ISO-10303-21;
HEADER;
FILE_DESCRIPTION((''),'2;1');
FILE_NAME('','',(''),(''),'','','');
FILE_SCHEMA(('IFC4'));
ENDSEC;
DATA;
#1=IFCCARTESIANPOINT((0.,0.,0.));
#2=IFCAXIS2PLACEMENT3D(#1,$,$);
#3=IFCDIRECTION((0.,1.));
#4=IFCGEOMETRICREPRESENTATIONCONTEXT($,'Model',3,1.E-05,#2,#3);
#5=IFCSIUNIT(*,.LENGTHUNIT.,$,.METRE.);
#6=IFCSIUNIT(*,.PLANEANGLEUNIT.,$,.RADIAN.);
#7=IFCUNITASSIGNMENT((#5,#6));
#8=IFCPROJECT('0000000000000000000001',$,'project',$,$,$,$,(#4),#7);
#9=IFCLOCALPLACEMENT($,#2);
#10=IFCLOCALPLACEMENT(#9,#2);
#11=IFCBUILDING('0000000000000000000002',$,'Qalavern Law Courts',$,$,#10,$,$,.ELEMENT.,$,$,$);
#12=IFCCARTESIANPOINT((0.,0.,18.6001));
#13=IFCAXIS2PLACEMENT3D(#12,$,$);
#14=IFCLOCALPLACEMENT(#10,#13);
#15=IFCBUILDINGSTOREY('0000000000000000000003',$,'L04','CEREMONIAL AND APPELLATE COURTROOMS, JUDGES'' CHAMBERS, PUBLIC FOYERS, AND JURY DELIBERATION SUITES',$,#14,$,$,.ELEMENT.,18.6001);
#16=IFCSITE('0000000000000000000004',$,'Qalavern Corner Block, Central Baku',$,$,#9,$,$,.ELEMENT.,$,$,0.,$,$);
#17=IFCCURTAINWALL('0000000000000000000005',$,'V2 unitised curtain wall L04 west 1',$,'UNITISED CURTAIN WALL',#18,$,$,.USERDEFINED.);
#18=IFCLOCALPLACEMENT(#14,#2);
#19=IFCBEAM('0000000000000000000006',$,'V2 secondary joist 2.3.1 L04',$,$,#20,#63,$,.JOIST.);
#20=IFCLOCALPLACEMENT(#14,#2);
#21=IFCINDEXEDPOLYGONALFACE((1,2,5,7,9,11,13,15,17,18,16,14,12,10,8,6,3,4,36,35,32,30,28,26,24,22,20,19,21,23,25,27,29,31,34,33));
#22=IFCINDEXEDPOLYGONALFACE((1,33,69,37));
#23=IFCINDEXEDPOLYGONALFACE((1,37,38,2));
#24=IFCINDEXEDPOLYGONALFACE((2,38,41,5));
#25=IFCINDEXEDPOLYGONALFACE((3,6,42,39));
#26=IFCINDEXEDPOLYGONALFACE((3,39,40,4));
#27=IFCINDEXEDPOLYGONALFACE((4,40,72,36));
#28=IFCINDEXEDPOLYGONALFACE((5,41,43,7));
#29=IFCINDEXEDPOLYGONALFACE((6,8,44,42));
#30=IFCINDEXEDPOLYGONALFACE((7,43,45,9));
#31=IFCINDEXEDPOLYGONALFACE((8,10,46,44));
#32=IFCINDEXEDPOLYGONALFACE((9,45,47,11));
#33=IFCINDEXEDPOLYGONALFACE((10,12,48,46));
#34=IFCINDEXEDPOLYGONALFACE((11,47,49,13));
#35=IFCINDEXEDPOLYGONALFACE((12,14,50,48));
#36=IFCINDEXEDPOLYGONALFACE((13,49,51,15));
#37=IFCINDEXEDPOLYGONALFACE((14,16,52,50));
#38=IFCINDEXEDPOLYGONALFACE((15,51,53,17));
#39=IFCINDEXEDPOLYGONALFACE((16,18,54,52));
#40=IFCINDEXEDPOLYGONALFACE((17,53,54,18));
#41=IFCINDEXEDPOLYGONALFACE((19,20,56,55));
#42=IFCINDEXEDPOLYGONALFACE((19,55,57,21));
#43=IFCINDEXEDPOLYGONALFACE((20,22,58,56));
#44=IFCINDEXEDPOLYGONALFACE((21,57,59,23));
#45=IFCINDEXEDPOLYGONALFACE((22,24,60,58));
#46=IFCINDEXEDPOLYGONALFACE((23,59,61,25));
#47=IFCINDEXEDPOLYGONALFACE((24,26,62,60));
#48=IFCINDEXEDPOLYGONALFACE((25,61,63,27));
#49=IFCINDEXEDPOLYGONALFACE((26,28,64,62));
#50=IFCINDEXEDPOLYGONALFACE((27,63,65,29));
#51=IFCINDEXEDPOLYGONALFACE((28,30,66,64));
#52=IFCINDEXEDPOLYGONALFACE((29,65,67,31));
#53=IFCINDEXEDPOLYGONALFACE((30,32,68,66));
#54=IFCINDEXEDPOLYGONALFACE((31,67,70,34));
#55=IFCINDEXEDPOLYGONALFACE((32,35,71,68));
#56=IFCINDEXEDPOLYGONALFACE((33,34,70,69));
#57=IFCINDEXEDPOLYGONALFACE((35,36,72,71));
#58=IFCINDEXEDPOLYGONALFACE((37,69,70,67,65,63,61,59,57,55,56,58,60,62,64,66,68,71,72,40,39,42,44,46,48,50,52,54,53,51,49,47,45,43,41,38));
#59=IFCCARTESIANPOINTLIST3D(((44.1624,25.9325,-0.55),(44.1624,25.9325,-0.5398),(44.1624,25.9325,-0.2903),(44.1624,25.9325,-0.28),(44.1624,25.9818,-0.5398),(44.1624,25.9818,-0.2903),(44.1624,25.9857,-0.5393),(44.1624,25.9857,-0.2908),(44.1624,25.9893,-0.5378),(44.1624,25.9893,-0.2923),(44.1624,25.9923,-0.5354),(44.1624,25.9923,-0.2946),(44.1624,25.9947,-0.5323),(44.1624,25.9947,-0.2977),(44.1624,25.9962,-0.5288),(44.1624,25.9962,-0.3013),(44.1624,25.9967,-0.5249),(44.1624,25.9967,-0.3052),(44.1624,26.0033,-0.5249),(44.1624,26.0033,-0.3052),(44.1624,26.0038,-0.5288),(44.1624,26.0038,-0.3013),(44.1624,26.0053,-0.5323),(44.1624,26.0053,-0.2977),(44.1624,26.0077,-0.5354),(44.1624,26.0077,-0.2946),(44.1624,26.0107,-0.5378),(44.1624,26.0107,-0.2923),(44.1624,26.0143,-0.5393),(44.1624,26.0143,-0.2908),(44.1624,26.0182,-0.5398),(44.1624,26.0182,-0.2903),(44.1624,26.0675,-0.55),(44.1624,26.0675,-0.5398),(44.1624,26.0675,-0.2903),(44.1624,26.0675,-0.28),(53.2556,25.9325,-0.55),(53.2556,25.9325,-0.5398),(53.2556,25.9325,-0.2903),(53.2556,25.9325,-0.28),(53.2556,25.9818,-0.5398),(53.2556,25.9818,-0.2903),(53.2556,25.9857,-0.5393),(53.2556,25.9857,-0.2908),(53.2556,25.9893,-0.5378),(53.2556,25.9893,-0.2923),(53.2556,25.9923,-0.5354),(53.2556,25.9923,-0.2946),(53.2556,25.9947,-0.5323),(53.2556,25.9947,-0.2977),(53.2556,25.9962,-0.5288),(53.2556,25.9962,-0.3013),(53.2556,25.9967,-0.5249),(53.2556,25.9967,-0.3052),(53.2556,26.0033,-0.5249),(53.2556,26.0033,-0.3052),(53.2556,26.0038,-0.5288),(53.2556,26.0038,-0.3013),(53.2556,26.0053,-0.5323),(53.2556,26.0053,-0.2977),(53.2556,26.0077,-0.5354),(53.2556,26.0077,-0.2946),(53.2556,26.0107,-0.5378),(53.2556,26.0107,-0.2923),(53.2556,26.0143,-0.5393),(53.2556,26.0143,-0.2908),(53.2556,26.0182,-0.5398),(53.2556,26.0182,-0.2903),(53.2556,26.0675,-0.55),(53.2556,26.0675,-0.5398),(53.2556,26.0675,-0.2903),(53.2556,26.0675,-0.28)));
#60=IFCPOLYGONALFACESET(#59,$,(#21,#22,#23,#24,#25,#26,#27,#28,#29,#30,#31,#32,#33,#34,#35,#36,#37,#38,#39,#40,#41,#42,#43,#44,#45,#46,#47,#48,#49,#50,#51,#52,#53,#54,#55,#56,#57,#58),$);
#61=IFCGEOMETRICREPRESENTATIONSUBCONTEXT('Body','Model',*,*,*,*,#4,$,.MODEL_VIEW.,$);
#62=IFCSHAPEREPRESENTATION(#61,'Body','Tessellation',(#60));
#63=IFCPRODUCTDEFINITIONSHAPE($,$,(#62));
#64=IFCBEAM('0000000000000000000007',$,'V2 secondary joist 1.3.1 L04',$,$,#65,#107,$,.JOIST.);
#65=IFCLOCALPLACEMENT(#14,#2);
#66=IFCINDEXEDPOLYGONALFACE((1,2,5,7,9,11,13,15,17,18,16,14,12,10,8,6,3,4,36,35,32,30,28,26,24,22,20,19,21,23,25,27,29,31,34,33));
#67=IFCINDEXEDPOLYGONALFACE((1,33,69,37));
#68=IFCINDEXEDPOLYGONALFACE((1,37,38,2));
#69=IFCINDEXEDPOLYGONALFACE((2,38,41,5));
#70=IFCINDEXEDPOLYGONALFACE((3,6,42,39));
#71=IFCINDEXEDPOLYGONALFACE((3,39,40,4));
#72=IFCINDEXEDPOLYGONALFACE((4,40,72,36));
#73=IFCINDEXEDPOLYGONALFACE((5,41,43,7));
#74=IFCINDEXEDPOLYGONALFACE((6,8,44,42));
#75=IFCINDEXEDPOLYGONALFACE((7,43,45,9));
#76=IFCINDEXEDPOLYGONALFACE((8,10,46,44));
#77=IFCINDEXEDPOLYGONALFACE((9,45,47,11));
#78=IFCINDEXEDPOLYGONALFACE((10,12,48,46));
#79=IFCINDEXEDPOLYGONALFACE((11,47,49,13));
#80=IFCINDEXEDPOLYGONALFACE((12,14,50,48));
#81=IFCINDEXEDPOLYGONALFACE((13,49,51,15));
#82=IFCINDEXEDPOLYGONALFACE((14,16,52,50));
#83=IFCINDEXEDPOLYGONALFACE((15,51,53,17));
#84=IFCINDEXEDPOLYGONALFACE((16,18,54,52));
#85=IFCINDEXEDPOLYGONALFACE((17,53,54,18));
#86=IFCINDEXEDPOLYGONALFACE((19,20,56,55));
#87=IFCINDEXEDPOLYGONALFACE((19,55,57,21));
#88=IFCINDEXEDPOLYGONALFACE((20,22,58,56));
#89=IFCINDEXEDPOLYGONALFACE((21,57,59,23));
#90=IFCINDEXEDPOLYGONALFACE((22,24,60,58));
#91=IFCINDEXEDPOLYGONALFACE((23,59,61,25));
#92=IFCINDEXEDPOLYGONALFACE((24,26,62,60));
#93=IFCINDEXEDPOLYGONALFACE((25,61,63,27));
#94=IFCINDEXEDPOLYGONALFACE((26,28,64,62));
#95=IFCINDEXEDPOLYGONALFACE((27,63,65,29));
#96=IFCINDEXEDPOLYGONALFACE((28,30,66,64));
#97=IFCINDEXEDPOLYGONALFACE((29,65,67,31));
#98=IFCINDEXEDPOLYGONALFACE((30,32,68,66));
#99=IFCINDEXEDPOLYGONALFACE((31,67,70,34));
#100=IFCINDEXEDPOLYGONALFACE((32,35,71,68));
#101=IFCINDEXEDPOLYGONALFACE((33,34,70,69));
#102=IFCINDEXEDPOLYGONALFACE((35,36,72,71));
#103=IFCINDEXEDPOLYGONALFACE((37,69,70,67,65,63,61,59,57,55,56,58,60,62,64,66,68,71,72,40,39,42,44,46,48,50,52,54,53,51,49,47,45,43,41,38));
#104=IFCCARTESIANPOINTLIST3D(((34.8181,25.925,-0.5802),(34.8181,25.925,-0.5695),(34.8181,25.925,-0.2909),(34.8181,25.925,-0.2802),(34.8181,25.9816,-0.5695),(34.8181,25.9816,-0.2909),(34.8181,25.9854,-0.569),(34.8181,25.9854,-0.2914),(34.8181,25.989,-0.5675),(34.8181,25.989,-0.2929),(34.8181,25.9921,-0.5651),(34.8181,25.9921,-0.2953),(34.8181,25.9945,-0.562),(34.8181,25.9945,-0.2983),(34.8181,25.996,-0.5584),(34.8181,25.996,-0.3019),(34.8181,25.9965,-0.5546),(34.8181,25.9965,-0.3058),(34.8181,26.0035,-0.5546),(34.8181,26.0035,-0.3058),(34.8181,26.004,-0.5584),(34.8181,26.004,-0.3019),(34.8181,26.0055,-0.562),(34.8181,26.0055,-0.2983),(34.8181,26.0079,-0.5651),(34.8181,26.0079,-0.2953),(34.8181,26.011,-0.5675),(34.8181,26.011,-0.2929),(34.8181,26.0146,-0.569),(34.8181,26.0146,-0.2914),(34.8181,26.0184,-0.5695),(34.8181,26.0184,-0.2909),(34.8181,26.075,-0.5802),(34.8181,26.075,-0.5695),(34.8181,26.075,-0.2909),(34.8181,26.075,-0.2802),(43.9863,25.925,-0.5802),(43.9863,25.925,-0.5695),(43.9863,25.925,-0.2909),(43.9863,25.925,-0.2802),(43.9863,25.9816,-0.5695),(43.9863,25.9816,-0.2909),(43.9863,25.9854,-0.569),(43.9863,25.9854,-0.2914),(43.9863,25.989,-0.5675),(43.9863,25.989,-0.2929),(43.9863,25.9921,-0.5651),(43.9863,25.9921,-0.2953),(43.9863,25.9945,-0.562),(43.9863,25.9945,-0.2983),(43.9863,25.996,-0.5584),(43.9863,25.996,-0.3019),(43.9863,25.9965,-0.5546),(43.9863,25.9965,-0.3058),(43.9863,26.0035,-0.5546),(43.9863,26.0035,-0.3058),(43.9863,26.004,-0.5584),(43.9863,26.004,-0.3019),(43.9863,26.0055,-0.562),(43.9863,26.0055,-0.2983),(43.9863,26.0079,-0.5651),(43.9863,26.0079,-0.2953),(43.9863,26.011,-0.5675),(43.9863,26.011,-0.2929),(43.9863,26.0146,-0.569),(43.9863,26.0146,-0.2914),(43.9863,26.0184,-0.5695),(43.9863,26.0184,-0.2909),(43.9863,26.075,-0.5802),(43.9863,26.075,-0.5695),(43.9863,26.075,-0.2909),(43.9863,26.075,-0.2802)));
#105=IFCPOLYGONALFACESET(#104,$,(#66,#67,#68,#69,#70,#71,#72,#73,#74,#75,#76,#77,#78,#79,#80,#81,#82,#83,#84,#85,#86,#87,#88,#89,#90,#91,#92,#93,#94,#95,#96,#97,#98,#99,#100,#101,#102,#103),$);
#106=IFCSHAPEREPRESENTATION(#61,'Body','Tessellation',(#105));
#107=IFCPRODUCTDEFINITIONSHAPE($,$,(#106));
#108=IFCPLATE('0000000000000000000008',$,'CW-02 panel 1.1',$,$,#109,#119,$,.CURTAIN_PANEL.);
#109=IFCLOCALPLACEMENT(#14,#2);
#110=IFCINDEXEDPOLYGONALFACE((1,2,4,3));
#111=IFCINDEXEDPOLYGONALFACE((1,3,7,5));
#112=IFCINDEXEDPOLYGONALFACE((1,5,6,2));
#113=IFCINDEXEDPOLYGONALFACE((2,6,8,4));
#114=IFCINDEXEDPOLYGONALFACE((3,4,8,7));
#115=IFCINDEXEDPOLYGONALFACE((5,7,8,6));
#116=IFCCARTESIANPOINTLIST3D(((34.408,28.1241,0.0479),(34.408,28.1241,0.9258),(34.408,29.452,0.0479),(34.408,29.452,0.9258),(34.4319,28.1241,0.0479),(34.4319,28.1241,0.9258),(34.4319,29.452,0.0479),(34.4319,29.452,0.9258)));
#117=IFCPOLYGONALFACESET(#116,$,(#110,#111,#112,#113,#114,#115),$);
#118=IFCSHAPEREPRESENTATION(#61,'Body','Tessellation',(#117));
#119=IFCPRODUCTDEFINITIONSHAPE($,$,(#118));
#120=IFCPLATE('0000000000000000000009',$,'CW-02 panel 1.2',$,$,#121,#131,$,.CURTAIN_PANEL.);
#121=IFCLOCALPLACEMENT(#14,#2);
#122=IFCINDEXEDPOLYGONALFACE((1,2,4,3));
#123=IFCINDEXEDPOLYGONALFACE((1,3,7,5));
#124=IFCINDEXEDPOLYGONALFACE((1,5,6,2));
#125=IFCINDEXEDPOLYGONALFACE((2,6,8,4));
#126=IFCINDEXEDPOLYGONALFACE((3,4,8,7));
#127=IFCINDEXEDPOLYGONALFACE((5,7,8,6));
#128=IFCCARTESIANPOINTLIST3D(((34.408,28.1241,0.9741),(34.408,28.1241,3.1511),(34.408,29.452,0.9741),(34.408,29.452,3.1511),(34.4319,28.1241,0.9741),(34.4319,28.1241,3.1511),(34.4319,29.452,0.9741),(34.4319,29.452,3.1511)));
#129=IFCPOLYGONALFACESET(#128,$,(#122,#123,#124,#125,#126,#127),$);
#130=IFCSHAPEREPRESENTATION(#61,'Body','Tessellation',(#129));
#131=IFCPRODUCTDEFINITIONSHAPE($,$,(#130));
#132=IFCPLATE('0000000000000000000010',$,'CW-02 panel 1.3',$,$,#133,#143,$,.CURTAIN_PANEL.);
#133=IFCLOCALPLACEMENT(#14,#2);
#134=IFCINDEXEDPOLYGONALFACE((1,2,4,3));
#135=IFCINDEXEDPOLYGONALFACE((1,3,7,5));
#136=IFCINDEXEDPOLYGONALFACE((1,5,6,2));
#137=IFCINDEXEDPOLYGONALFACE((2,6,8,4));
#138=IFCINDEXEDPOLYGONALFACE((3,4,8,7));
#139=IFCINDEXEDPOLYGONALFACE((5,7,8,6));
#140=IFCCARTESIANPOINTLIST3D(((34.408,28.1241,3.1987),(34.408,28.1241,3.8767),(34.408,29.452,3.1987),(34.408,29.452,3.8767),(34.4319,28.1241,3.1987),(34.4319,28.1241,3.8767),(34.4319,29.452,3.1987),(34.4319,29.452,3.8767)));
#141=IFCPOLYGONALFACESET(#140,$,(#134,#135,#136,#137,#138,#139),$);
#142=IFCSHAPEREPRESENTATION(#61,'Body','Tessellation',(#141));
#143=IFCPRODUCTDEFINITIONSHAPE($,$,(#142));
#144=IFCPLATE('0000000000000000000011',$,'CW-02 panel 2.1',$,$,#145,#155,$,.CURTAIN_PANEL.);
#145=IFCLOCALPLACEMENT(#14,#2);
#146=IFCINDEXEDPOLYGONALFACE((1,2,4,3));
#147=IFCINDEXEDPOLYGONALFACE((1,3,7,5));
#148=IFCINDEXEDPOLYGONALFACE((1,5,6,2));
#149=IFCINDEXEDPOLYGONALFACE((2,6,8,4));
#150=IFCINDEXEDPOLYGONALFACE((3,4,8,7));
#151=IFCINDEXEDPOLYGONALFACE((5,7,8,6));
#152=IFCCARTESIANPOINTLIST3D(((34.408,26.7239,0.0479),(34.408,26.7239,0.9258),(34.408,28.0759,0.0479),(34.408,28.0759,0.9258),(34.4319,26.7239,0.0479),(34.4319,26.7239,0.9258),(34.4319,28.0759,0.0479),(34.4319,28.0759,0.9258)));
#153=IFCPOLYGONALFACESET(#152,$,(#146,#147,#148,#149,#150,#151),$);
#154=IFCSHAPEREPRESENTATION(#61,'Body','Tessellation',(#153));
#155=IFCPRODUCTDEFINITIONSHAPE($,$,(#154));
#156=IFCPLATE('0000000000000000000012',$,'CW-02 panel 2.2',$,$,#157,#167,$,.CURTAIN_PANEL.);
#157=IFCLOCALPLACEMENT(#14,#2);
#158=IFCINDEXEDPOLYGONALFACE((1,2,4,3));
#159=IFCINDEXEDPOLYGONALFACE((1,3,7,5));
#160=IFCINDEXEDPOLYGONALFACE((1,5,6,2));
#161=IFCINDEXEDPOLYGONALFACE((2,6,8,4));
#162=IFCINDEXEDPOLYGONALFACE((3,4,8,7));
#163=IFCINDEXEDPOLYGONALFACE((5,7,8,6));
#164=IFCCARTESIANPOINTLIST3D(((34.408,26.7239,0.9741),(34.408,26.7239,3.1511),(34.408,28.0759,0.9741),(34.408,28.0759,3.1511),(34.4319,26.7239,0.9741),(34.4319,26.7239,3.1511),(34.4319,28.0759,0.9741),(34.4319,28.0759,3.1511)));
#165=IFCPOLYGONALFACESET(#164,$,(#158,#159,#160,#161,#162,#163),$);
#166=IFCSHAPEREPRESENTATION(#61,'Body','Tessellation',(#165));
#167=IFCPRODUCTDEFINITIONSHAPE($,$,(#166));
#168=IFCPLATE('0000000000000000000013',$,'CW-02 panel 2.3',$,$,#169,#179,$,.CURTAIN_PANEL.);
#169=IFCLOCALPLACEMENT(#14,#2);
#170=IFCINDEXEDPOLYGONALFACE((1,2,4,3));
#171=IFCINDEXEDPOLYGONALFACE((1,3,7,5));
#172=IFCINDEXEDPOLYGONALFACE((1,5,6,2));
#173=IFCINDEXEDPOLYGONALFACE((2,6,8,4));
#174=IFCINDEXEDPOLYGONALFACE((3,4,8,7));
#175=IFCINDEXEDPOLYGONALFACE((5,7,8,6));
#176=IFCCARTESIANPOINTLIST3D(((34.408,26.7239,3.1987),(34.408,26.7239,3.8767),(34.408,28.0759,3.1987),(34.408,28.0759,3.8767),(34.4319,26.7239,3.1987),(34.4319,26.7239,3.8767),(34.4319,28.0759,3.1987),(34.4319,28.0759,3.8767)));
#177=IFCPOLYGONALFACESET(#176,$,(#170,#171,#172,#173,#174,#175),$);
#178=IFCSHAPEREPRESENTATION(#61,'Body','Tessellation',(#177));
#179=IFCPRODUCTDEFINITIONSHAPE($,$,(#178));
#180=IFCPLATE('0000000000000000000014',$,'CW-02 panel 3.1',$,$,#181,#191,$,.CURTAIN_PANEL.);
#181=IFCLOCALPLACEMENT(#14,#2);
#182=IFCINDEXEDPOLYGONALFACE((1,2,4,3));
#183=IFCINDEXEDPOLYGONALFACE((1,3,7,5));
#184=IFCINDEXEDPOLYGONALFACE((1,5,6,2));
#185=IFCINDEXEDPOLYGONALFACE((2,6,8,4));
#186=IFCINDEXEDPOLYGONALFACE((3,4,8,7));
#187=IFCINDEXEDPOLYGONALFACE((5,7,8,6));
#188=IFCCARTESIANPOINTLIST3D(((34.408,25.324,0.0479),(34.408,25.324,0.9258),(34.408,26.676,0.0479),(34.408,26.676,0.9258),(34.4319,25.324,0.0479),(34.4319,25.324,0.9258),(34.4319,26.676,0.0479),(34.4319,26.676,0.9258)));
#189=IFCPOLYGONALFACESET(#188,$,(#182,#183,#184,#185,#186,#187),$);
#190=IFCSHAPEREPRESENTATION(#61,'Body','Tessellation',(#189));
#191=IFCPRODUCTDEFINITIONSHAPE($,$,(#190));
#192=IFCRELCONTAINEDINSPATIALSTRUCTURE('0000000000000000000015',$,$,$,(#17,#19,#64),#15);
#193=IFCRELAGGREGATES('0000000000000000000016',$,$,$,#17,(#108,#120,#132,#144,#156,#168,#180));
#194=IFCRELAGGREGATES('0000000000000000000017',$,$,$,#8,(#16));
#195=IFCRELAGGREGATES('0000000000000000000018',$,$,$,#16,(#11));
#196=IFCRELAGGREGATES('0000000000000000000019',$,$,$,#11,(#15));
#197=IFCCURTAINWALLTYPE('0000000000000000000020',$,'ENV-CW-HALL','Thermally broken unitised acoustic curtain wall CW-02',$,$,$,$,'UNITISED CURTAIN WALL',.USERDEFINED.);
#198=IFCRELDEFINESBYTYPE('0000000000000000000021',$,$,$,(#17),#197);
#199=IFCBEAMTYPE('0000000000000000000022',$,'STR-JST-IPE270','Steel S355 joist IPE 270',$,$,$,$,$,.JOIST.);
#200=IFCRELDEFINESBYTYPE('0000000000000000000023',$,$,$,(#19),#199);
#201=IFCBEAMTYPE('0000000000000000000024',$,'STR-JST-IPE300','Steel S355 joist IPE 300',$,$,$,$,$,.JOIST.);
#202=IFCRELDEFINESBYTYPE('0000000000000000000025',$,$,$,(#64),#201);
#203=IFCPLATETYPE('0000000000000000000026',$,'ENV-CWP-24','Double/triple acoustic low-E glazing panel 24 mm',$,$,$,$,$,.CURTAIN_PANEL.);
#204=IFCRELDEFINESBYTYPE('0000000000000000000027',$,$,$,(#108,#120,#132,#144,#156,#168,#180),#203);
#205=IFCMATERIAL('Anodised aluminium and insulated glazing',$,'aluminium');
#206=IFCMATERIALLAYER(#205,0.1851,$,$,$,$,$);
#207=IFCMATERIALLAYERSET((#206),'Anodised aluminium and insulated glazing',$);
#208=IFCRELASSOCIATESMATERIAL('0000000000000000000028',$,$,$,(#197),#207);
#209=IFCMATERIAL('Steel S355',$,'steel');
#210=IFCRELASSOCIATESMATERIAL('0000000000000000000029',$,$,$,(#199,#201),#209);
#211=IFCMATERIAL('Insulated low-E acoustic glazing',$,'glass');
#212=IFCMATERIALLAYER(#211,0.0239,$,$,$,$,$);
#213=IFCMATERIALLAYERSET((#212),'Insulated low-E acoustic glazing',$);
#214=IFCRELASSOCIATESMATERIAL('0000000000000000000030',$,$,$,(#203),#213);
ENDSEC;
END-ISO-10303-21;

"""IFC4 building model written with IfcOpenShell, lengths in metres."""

from ifc_helpers import new_model, si_unit, direction, frame, origin, origin_2d, place, context, subcontext, project, spatial, rectangle, i_section, extrude, material, layer, layer_set, material_profile, profile_set, type_object, element, aggregate, save


model = new_model("IFC4")

# Units and contexts
model_context = context("Model", 3, precision=1e-05, world=origin(), true_north=direction((0.0, 1.0)))
body_context = subcontext(model_context, "Body", "Model", "MODEL_VIEW")
ifc_project = project(units=[si_unit("LENGTHUNIT", "METRE"), si_unit("PLANEANGLEUNIT", "RADIAN")], contexts=[model_context])

# Site, building, storey
site_placement = place(None, origin())
site = spatial("IfcSite", under=ifc_project, at=site_placement, Name="Qalavern Corner Block, Central Baku", CompositionType="ELEMENT", RefElevation=0.0)
building_placement = place(site_placement, origin())
building = spatial("IfcBuilding", under=site, at=building_placement, Name="Qalavern Law Courts", CompositionType="ELEMENT")
storey_placement = place(building_placement, frame((0.0, 0.0, 18.6001)))
storey = spatial("IfcBuildingStorey", under=building, at=storey_placement, Name="L04", Description="CEREMONIAL AND APPELLATE COURTROOMS, JUDGES' CHAMBERS, PUBLIC FOYERS, AND JURY DELIBERATION SUITES", CompositionType="ELEMENT", Elevation=18.6001)

# Curtain wall
ifc_material_1 = material(Name="Anodised aluminium and insulated glazing", Category="aluminium")
ifc_layer_1 = layer(ifc_material_1, 0.1851)
ifc_layer_set_1 = layer_set([ifc_layer_1], Name="Anodised aluminium and insulated glazing")
curtain_wall_type_1 = type_object("IfcCurtainWallType", Name="ENV-CW-HALL", Description="Thermally broken unitised acoustic curtain wall CW-02", ElementType="UNITISED CURTAIN WALL", PredefinedType="USERDEFINED", material=ifc_layer_set_1)
curtain_wall_1_placement = place(storey_placement, origin())
curtain_wall_1 = element("IfcCurtainWall", 1, at=curtain_wall_1_placement, inside=storey, type_object=curtain_wall_type_1, Name="V2 unitised curtain wall L04 west 1", ObjectType="UNITISED CURTAIN WALL", PredefinedType="USERDEFINED")

# Beams
ifc_material_2 = material(Name="Steel S355", Category="steel")
ifc_material_profile_1 = material_profile(ifc_material_2, i_section(OverallWidth=0.135, OverallDepth=0.27, WebThickness=0.0066, FlangeThickness=0.0103, FilletRadius=0.0149, at=origin_2d()), Name="IPE 270")
ifc_profile_set_1 = profile_set([ifc_material_profile_1], Name="Steel S355")
beam_type_1 = type_object("IfcBeamType", Name="STR-JST-IPE270", Description="Steel S355 joist IPE 270", PredefinedType="JOIST", material=ifc_profile_set_1)
beam_1_placement = place(storey_placement, frame((44.1624, 26.0, -0.415), z_axis=(1.0, 0.0, 0.0), x_axis=(0.0, 1.0, 0.0)))
element("IfcBeam", 2, at=beam_1_placement, inside=storey, type_object=beam_type_1, Name="V2 secondary joist 2.3.1 L04", PredefinedType="JOIST", context=body_context, shape_type="SweptSolid", body=[
    extrude(i_section(OverallWidth=0.135, OverallDepth=0.27, WebThickness=0.0066, FlangeThickness=0.0103, FilletRadius=0.0149, at=origin_2d()), origin(), (0.0, 0.0, 1.0), 9.0933),
])
ifc_material_profile_2 = material_profile(ifc_material_2, i_section(OverallWidth=0.1499, OverallDepth=0.3, WebThickness=0.0071, FlangeThickness=0.0107, FilletRadius=0.0149, at=origin_2d()), Name="IPE 300")
ifc_profile_set_2 = profile_set([ifc_material_profile_2], Name="Steel S355")
beam_type_2 = type_object("IfcBeamType", Name="STR-JST-IPE300", Description="Steel S355 joist IPE 300", PredefinedType="JOIST", material=ifc_profile_set_2)
beam_2_placement = place(storey_placement, frame((34.8181, 26.0, -0.4302), z_axis=(1.0, 0.0, 0.0), x_axis=(0.0, 1.0, 0.0)))
element("IfcBeam", 3, at=beam_2_placement, inside=storey, type_object=beam_type_2, Name="V2 secondary joist 1.3.1 L04", PredefinedType="JOIST", context=body_context, shape_type="SweptSolid", body=[
    extrude(i_section(OverallWidth=0.1499, OverallDepth=0.3, WebThickness=0.0071, FlangeThickness=0.0107, FilletRadius=0.0149, at=origin_2d()), origin(), (0.0, 0.0, 1.0), 9.1682),
])

# Plates
ifc_material_3 = material(Name="Insulated low-E acoustic glazing", Category="glass")
ifc_layer_2 = layer(ifc_material_3, 0.0239)
ifc_layer_set_2 = layer_set([ifc_layer_2], Name="Insulated low-E acoustic glazing")
plate_type_1 = type_object("IfcPlateType", Name="ENV-CWP-24", Description="Double/triple acoustic low-E glazing panel 24 mm", PredefinedType="CURTAIN_PANEL", material=ifc_layer_set_2)
plate_1_placement = place(storey_placement, frame((34.4199, 28.7881, 0.0479), z_axis=(0.0, 0.0, 1.0), x_axis=(0.0, -1.0, 0.0)))
plate_1 = element("IfcPlate", 4, at=plate_1_placement, type_object=plate_type_1, Name="CW-02 panel 1.1", PredefinedType="CURTAIN_PANEL", context=body_context, shape_type="SweptSolid", body=[
    extrude(rectangle(XDim=1.3279, YDim=0.0239, at=origin_2d()), origin(), (0.0, 0.0, 1.0), 0.8779),
])
plate_2_placement = place(storey_placement, frame((34.4199, 28.7881, 0.9741), z_axis=(0.0, 0.0, 1.0), x_axis=(0.0, -1.0, 0.0)))
plate_2 = element("IfcPlate", 5, at=plate_2_placement, type_object=plate_type_1, Name="CW-02 panel 1.2", PredefinedType="CURTAIN_PANEL", context=body_context, shape_type="SweptSolid", body=[
    extrude(rectangle(XDim=1.3279, YDim=0.0239, at=origin_2d()), origin(), (0.0, 0.0, 1.0), 2.177),
])
plate_3_placement = place(storey_placement, frame((34.4199, 28.7881, 3.1987), z_axis=(0.0, 0.0, 1.0), x_axis=(0.0, -1.0, 0.0)))
plate_3 = element("IfcPlate", 6, at=plate_3_placement, type_object=plate_type_1, Name="CW-02 panel 1.3", PredefinedType="CURTAIN_PANEL", context=body_context, shape_type="SweptSolid", body=[
    extrude(rectangle(XDim=1.3279, YDim=0.0239, at=origin_2d()), origin(), (0.0, 0.0, 1.0), 0.678),
])
plate_4_placement = place(storey_placement, frame((34.4199, 27.3999, 0.0479), z_axis=(0.0, 0.0, 1.0), x_axis=(0.0, -1.0, 0.0)))
plate_4 = element("IfcPlate", 7, at=plate_4_placement, type_object=plate_type_1, Name="CW-02 panel 2.1", PredefinedType="CURTAIN_PANEL", context=body_context, shape_type="SweptSolid", body=[
    extrude(rectangle(XDim=1.3521, YDim=0.0239, at=origin_2d()), origin(), (0.0, 0.0, 1.0), 0.8779),
])
plate_5_placement = place(storey_placement, frame((34.4199, 27.3999, 0.9741), z_axis=(0.0, 0.0, 1.0), x_axis=(0.0, -1.0, 0.0)))
plate_5 = element("IfcPlate", 8, at=plate_5_placement, type_object=plate_type_1, Name="CW-02 panel 2.2", PredefinedType="CURTAIN_PANEL", context=body_context, shape_type="SweptSolid", body=[
    extrude(rectangle(XDim=1.3521, YDim=0.0239, at=origin_2d()), origin(), (0.0, 0.0, 1.0), 2.177),
])
plate_6_placement = place(storey_placement, frame((34.4199, 27.3999, 3.1987), z_axis=(0.0, 0.0, 1.0), x_axis=(0.0, -1.0, 0.0)))
plate_6 = element("IfcPlate", 9, at=plate_6_placement, type_object=plate_type_1, Name="CW-02 panel 2.3", PredefinedType="CURTAIN_PANEL", context=body_context, shape_type="SweptSolid", body=[
    extrude(rectangle(XDim=1.3521, YDim=0.0239, at=origin_2d()), origin(), (0.0, 0.0, 1.0), 0.678),
])
plate_7_placement = place(storey_placement, frame((34.4199, 26.0, 0.0479), z_axis=(0.0, 0.0, 1.0), x_axis=(0.0, -1.0, 0.0)))
plate_7 = element("IfcPlate", 10, at=plate_7_placement, type_object=plate_type_1, Name="CW-02 panel 3.1", PredefinedType="CURTAIN_PANEL", context=body_context, shape_type="SweptSolid", body=[
    extrude(rectangle(XDim=1.3521, YDim=0.0239, at=origin_2d()), origin(), (0.0, 0.0, 1.0), 0.8779),
])
aggregate(curtain_wall_1, [plate_1, plate_2, plate_3, plate_4, plate_5, plate_6, plate_7])

save(model, "model.ifc")
